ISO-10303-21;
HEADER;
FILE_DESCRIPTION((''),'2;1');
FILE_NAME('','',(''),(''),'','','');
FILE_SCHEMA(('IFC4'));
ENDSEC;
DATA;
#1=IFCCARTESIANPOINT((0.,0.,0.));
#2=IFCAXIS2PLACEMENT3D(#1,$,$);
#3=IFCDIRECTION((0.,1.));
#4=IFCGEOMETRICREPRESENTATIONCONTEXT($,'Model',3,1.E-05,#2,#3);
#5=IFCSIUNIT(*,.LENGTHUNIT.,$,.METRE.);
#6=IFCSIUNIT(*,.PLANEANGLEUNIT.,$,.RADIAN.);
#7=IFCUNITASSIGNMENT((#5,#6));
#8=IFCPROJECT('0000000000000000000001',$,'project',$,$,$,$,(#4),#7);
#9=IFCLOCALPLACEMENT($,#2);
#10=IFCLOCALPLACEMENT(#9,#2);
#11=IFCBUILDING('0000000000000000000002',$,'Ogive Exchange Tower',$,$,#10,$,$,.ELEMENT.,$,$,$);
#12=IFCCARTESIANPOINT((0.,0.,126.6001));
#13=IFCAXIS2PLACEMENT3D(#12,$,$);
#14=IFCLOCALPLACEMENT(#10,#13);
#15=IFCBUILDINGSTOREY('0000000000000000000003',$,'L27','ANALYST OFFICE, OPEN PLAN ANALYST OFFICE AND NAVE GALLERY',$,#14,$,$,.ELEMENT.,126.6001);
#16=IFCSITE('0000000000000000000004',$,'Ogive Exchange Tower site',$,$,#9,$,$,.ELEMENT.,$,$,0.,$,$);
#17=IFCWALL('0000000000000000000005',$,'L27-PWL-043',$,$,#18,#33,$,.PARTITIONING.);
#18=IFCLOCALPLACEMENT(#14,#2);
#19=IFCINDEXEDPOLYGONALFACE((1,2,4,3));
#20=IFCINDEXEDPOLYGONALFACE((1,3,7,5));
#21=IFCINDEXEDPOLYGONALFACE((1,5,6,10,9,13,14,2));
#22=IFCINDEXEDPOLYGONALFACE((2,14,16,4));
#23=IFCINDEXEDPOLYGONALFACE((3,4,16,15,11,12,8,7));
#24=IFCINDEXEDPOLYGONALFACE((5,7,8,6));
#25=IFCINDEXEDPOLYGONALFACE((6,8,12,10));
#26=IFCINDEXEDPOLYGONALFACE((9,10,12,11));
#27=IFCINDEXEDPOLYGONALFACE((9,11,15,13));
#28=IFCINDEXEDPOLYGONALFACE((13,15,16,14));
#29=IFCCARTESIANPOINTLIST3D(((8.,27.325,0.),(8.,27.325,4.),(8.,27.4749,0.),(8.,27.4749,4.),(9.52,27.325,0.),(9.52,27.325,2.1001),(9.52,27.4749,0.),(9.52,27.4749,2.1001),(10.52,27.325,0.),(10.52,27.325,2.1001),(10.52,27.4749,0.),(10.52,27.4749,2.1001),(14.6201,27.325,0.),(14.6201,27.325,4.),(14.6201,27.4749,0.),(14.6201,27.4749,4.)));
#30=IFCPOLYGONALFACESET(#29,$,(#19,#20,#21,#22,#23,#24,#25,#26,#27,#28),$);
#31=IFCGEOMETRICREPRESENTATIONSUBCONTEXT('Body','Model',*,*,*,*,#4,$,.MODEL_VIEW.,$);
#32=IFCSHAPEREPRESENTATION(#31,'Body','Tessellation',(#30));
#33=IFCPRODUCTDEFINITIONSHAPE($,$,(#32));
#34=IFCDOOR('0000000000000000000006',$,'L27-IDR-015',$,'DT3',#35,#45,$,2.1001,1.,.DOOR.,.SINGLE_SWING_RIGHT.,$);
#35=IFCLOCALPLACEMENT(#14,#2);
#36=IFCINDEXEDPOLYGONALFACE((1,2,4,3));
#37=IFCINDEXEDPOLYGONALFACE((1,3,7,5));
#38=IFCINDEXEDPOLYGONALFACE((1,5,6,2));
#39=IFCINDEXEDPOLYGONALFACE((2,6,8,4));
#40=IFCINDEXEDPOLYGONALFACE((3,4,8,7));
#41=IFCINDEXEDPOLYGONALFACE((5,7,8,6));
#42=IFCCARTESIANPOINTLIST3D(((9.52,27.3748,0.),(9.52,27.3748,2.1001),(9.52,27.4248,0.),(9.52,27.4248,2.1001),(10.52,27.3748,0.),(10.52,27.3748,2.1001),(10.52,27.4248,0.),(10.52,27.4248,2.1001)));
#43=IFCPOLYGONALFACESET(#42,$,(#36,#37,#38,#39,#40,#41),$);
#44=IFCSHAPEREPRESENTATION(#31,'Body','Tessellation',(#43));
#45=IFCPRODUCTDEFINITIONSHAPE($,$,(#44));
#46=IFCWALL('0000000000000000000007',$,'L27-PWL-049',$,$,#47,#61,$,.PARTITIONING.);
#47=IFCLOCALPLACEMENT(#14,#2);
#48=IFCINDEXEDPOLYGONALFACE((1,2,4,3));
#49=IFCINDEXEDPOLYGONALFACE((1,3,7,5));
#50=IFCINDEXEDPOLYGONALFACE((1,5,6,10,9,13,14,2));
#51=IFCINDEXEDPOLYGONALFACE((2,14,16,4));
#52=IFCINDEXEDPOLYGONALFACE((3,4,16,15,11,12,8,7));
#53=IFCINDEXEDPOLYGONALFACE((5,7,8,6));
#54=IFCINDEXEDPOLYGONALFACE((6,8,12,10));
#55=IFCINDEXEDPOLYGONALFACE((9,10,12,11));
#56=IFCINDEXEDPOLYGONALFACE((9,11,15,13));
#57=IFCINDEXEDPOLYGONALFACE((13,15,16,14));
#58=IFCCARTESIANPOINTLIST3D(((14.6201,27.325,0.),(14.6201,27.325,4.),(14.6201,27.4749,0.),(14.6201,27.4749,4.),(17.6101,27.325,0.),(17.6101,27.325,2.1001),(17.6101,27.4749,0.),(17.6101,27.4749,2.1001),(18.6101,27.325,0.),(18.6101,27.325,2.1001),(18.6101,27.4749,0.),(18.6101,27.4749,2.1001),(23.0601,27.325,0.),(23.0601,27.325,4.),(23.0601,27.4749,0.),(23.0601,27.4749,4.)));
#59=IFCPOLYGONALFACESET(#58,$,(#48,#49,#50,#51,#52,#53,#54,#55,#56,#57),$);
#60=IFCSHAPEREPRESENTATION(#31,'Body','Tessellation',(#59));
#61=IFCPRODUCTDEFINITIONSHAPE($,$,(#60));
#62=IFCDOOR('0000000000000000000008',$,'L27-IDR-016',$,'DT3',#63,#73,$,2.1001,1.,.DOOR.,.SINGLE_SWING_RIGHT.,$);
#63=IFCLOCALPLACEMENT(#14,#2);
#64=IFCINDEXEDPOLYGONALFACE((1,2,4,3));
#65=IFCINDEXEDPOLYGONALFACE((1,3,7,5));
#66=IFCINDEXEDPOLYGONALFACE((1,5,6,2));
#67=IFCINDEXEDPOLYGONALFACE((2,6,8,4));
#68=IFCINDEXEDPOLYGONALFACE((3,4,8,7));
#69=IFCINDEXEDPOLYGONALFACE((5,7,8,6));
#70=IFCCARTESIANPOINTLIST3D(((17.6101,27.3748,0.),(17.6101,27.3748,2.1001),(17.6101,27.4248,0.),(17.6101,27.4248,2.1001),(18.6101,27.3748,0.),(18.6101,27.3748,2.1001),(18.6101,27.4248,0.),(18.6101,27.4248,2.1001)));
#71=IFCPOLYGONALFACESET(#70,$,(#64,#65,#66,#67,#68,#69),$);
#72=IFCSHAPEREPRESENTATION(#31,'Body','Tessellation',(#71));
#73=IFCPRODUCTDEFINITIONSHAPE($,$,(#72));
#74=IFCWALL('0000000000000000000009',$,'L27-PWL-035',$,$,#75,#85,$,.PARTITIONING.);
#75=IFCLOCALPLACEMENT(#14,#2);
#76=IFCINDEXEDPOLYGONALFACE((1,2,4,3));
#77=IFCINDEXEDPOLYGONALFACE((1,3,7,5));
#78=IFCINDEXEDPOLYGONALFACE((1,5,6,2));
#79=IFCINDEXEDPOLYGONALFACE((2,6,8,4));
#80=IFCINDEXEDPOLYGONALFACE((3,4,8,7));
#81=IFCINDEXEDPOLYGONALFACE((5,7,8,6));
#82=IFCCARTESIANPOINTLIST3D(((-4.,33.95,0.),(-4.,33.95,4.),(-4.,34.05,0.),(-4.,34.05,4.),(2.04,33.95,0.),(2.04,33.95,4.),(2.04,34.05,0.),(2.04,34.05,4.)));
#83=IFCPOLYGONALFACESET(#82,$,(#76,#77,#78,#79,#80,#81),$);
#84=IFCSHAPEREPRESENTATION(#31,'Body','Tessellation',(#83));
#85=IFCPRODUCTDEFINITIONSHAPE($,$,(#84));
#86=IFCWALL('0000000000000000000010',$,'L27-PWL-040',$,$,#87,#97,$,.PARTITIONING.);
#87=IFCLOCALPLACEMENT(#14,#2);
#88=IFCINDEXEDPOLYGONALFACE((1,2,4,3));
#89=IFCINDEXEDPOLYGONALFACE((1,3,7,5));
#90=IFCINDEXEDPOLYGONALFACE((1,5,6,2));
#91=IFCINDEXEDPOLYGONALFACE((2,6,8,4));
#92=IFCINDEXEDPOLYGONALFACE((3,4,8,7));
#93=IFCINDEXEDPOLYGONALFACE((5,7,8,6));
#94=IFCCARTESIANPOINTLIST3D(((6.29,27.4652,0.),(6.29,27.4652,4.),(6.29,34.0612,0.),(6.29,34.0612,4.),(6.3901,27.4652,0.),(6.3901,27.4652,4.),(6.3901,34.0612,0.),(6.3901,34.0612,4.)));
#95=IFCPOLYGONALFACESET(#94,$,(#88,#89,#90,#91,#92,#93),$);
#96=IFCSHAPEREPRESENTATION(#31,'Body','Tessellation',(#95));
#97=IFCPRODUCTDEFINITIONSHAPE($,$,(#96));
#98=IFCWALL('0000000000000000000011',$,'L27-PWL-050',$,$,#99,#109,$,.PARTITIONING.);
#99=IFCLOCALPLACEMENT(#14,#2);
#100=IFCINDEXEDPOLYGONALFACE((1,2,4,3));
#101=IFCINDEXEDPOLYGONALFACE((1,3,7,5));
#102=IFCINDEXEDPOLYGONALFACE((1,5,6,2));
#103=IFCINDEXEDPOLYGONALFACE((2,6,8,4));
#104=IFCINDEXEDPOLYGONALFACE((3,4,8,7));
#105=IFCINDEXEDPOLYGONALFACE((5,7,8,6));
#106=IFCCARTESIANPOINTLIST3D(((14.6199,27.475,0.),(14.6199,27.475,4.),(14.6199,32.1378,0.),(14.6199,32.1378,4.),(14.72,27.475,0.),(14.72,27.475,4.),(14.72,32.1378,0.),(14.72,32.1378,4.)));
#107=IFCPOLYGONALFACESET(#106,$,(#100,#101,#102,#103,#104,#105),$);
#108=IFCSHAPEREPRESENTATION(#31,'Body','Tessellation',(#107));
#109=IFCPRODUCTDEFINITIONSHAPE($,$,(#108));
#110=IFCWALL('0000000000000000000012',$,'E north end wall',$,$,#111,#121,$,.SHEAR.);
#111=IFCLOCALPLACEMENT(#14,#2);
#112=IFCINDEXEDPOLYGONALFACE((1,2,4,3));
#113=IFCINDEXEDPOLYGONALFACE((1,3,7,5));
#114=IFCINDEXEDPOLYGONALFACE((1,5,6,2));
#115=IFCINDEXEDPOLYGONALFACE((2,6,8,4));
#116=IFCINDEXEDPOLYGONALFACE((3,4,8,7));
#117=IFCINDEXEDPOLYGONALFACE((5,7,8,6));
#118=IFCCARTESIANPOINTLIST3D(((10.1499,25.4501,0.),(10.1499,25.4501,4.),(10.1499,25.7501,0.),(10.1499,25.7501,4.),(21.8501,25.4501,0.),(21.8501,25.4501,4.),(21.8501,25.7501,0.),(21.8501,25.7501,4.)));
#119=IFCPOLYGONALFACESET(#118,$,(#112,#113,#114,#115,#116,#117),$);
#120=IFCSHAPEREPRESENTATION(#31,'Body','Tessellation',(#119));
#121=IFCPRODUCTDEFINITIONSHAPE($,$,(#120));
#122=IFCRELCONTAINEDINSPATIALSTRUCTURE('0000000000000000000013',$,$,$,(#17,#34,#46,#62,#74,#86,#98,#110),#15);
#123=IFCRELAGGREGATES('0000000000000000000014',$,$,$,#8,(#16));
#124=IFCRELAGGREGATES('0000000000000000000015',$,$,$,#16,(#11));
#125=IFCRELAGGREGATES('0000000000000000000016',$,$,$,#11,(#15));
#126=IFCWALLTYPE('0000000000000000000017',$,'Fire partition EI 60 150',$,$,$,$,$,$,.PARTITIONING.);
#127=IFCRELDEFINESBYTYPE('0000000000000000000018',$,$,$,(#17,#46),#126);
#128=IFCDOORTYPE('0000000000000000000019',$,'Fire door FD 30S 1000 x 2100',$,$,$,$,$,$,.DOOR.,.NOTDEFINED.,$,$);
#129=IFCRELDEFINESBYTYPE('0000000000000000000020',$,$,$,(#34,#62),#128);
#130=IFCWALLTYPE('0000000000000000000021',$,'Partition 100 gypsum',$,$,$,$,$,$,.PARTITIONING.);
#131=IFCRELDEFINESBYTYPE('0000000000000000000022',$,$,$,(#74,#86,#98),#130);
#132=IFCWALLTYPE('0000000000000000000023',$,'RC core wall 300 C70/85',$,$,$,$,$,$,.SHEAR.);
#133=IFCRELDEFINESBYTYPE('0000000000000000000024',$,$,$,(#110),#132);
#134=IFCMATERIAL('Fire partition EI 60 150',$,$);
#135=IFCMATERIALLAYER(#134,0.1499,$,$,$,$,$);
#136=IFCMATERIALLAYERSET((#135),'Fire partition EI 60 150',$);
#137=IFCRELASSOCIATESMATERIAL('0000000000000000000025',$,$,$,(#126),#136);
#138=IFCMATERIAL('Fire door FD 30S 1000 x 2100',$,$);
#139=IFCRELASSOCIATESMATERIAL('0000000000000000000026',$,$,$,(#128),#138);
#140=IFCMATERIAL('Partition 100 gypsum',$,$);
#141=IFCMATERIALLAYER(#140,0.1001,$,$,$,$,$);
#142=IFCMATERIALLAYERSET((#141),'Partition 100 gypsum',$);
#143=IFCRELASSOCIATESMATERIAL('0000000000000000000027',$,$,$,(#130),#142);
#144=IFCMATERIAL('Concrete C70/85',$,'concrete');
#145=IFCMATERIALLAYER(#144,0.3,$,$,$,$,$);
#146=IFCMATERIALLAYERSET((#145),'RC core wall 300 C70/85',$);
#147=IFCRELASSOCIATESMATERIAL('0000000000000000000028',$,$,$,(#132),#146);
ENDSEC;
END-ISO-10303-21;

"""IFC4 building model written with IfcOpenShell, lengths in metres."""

from ifc_helpers import new_model, si_unit, direction, frame, frame_2d, origin, place, context, subcontext, project, spatial, rectangle, extrude, material, layer, layer_set, type_object, element, fill, save


model = new_model("IFC4")

# Units and contexts
model_context = context("Model", 3, precision=1e-05, world=origin(), true_north=direction((0.0, 1.0)))
body_context = subcontext(model_context, "Body", "Model", "MODEL_VIEW")
ifc_project = project(units=[si_unit("LENGTHUNIT", "METRE"), si_unit("PLANEANGLEUNIT", "RADIAN")], contexts=[model_context])

# Site, building, storey
site_placement = place(None, origin())
site = spatial("IfcSite", under=ifc_project, at=site_placement, Name="Ogive Exchange Tower site", CompositionType="ELEMENT", RefElevation=0.0)
building_placement = place(site_placement, origin())
building = spatial("IfcBuilding", under=site, at=building_placement, Name="Ogive Exchange Tower", CompositionType="ELEMENT")
storey_placement = place(building_placement, frame((0.0, 0.0, 126.6001)))
storey = spatial("IfcBuildingStorey", under=building, at=storey_placement, Name="L27", Description="ANALYST OFFICE, OPEN PLAN ANALYST OFFICE AND NAVE GALLERY", CompositionType="ELEMENT", Elevation=126.6001)

# Shared definitions
ifc_material_1 = material(Name="Fire partition EI 60 150")
ifc_layer_1 = layer(ifc_material_1, 0.1499)
ifc_layer_set_1 = layer_set([ifc_layer_1], Name="Fire partition EI 60 150")
wall_type_1 = type_object("IfcWallType", Name="Fire partition EI 60 150", PredefinedType="PARTITIONING", material=ifc_layer_set_1)

# Walls, openings, doors
wall_1_placement = place(storey_placement, frame((8.0, 27.3999, 0.0), z_axis=(0.0, 0.0, 1.0), x_axis=(1.0, 0.0, 0.0)))
wall_1 = element("IfcWall", 1, at=wall_1_placement, inside=storey, type_object=wall_type_1, Name="L27-PWL-043", PredefinedType="PARTITIONING", context=body_context, shape_type="SweptSolid", body=[
    extrude(rectangle(XDim=6.6201, YDim=0.1499, at=frame_2d((3.3101, 0.0))), origin(), (0.0, 0.0, 1.0), 4.0),
])
opening_1_placement = place(wall_1_placement, frame((1.52, 0.0, 0.0)))
opening_1 = element("IfcOpeningElement", 2, at=opening_1_placement, cuts=wall_1, PredefinedType="OPENING", context=body_context, shape_type="SweptSolid", body=[
    extrude(rectangle(XDim=1.0, YDim=2.1001, at=frame_2d((0.5, 1.05))), frame((0.0, 0.085, 0.0), z_axis=(0.0, -1.0, 0.0), x_axis=(1.0, 0.0, 0.0)), (0.0, 0.0, 1.0), 0.1699),
])
ifc_material_2 = material(Name="Fire door FD 30S 1000 x 2100")
door_type = type_object("IfcDoorType", Name="Fire door FD 30S 1000 x 2100", OperationType="NOTDEFINED", PredefinedType="DOOR", material=ifc_material_2)
door_1_placement = place(opening_1_placement, origin())
door_1 = element("IfcDoor", 3, at=door_1_placement, inside=storey, type_object=door_type, Name="L27-IDR-015", ObjectType="DT3", OperationType="SINGLE_SWING_RIGHT", OverallHeight=2.1001, OverallWidth=1.0, PredefinedType="DOOR", context=body_context, shape_type="SweptSolid", body=[
    extrude(rectangle(XDim=1.0, YDim=2.1001, at=frame_2d((0.5, 1.05))), frame((0.0, 0.0249, 0.0), z_axis=(0.0, -1.0, 0.0), x_axis=(1.0, 0.0, 0.0)), (0.0, 0.0, 1.0), 0.05),
])
fill(opening_1, door_1)
wall_2_placement = place(storey_placement, frame((14.6201, 27.3999, 0.0), z_axis=(0.0, 0.0, 1.0), x_axis=(1.0, 0.0, 0.0)))
wall_2 = element("IfcWall", 4, at=wall_2_placement, inside=storey, type_object=wall_type_1, Name="L27-PWL-049", PredefinedType="PARTITIONING", context=body_context, shape_type="SweptSolid", body=[
    extrude(rectangle(XDim=8.4399, YDim=0.1499, at=frame_2d((4.22, 0.0))), origin(), (0.0, 0.0, 1.0), 4.0),
])
opening_2_placement = place(wall_2_placement, frame((2.99, 0.0, 0.0)))
opening_2 = element("IfcOpeningElement", 5, at=opening_2_placement, cuts=wall_2, PredefinedType="OPENING", context=body_context, shape_type="SweptSolid", body=[
    extrude(rectangle(XDim=1.0, YDim=2.1001, at=frame_2d((0.5, 1.05))), frame((0.0, 0.085, 0.0), z_axis=(0.0, -1.0, 0.0), x_axis=(1.0, 0.0, 0.0)), (0.0, 0.0, 1.0), 0.1699),
])
door_2_placement = place(opening_2_placement, origin())
door_2 = element("IfcDoor", 6, at=door_2_placement, inside=storey, type_object=door_type, Name="L27-IDR-016", ObjectType="DT3", OperationType="SINGLE_SWING_RIGHT", OverallHeight=2.1001, OverallWidth=1.0, PredefinedType="DOOR", context=body_context, shape_type="SweptSolid", body=[
    extrude(rectangle(XDim=1.0, YDim=2.1001, at=frame_2d((0.5, 1.05))), frame((0.0, 0.0249, 0.0), z_axis=(0.0, -1.0, 0.0), x_axis=(1.0, 0.0, 0.0)), (0.0, 0.0, 1.0), 0.05),
])
fill(opening_2, door_2)

# Walls
ifc_material_3 = material(Name="Partition 100 gypsum")
ifc_layer_2 = layer(ifc_material_3, 0.1001)
ifc_layer_set_2 = layer_set([ifc_layer_2], Name="Partition 100 gypsum")
wall_type_2 = type_object("IfcWallType", Name="Partition 100 gypsum", PredefinedType="PARTITIONING", material=ifc_layer_set_2)
wall_3_placement = place(storey_placement, frame((2.04, 34.0, 0.0), z_axis=(0.0, 0.0, 1.0), x_axis=(-1.0, 0.0, 0.0)))
element("IfcWall", 7, at=wall_3_placement, inside=storey, type_object=wall_type_2, Name="L27-PWL-035", PredefinedType="PARTITIONING", context=body_context, shape_type="SweptSolid", body=[
    extrude(rectangle(XDim=6.04, YDim=0.1001, at=frame_2d((3.02, 0.0))), origin(), (0.0, 0.0, 1.0), 4.0),
])
wall_4_placement = place(storey_placement, frame((6.3401, 34.061, 0.0), z_axis=(0.0, 0.0, 1.0), x_axis=(0.0, -1.0, 0.0)))
element("IfcWall", 8, at=wall_4_placement, inside=storey, type_object=wall_type_2, Name="L27-PWL-040", PredefinedType="PARTITIONING", context=body_context, shape_type="SweptSolid", body=[
    extrude(rectangle(XDim=6.5959, YDim=0.1001, at=frame_2d((3.2979, 0.0))), origin(), (0.0, 0.0, 1.0), 4.0),
])
wall_5_placement = place(storey_placement, frame((14.6699, 32.1379, 0.0), z_axis=(0.0, 0.0, 1.0), x_axis=(0.0, -1.0, 0.0)))
element("IfcWall", 9, at=wall_5_placement, inside=storey, type_object=wall_type_2, Name="L27-PWL-050", PredefinedType="PARTITIONING", context=body_context, shape_type="SweptSolid", body=[
    extrude(rectangle(XDim=4.6628, YDim=0.1001, at=frame_2d((2.3315, 0.0))), origin(), (0.0, 0.0, 1.0), 4.0),
])
ifc_material_4 = material(Name="Concrete C70/85", Category="concrete")
ifc_layer_3 = layer(ifc_material_4, 0.3)
ifc_layer_set_3 = layer_set([ifc_layer_3], Name="RC core wall 300 C70/85")
wall_type_3 = type_object("IfcWallType", Name="RC core wall 300 C70/85", PredefinedType="SHEAR", material=ifc_layer_set_3)
wall_6_placement = place(storey_placement, frame((10.1499, 25.6001, 0.0), z_axis=(0.0, 0.0, 1.0), x_axis=(1.0, 0.0, 0.0)))
element("IfcWall", 10, at=wall_6_placement, inside=storey, type_object=wall_type_3, Name="E north end wall", PredefinedType="SHEAR", context=body_context, shape_type="SweptSolid", body=[
    extrude(rectangle(XDim=11.7002, YDim=0.3, at=frame_2d((5.8501, 0.0))), origin(), (0.0, 0.0, 1.0), 4.0),
])

save(model, "model.ifc")
